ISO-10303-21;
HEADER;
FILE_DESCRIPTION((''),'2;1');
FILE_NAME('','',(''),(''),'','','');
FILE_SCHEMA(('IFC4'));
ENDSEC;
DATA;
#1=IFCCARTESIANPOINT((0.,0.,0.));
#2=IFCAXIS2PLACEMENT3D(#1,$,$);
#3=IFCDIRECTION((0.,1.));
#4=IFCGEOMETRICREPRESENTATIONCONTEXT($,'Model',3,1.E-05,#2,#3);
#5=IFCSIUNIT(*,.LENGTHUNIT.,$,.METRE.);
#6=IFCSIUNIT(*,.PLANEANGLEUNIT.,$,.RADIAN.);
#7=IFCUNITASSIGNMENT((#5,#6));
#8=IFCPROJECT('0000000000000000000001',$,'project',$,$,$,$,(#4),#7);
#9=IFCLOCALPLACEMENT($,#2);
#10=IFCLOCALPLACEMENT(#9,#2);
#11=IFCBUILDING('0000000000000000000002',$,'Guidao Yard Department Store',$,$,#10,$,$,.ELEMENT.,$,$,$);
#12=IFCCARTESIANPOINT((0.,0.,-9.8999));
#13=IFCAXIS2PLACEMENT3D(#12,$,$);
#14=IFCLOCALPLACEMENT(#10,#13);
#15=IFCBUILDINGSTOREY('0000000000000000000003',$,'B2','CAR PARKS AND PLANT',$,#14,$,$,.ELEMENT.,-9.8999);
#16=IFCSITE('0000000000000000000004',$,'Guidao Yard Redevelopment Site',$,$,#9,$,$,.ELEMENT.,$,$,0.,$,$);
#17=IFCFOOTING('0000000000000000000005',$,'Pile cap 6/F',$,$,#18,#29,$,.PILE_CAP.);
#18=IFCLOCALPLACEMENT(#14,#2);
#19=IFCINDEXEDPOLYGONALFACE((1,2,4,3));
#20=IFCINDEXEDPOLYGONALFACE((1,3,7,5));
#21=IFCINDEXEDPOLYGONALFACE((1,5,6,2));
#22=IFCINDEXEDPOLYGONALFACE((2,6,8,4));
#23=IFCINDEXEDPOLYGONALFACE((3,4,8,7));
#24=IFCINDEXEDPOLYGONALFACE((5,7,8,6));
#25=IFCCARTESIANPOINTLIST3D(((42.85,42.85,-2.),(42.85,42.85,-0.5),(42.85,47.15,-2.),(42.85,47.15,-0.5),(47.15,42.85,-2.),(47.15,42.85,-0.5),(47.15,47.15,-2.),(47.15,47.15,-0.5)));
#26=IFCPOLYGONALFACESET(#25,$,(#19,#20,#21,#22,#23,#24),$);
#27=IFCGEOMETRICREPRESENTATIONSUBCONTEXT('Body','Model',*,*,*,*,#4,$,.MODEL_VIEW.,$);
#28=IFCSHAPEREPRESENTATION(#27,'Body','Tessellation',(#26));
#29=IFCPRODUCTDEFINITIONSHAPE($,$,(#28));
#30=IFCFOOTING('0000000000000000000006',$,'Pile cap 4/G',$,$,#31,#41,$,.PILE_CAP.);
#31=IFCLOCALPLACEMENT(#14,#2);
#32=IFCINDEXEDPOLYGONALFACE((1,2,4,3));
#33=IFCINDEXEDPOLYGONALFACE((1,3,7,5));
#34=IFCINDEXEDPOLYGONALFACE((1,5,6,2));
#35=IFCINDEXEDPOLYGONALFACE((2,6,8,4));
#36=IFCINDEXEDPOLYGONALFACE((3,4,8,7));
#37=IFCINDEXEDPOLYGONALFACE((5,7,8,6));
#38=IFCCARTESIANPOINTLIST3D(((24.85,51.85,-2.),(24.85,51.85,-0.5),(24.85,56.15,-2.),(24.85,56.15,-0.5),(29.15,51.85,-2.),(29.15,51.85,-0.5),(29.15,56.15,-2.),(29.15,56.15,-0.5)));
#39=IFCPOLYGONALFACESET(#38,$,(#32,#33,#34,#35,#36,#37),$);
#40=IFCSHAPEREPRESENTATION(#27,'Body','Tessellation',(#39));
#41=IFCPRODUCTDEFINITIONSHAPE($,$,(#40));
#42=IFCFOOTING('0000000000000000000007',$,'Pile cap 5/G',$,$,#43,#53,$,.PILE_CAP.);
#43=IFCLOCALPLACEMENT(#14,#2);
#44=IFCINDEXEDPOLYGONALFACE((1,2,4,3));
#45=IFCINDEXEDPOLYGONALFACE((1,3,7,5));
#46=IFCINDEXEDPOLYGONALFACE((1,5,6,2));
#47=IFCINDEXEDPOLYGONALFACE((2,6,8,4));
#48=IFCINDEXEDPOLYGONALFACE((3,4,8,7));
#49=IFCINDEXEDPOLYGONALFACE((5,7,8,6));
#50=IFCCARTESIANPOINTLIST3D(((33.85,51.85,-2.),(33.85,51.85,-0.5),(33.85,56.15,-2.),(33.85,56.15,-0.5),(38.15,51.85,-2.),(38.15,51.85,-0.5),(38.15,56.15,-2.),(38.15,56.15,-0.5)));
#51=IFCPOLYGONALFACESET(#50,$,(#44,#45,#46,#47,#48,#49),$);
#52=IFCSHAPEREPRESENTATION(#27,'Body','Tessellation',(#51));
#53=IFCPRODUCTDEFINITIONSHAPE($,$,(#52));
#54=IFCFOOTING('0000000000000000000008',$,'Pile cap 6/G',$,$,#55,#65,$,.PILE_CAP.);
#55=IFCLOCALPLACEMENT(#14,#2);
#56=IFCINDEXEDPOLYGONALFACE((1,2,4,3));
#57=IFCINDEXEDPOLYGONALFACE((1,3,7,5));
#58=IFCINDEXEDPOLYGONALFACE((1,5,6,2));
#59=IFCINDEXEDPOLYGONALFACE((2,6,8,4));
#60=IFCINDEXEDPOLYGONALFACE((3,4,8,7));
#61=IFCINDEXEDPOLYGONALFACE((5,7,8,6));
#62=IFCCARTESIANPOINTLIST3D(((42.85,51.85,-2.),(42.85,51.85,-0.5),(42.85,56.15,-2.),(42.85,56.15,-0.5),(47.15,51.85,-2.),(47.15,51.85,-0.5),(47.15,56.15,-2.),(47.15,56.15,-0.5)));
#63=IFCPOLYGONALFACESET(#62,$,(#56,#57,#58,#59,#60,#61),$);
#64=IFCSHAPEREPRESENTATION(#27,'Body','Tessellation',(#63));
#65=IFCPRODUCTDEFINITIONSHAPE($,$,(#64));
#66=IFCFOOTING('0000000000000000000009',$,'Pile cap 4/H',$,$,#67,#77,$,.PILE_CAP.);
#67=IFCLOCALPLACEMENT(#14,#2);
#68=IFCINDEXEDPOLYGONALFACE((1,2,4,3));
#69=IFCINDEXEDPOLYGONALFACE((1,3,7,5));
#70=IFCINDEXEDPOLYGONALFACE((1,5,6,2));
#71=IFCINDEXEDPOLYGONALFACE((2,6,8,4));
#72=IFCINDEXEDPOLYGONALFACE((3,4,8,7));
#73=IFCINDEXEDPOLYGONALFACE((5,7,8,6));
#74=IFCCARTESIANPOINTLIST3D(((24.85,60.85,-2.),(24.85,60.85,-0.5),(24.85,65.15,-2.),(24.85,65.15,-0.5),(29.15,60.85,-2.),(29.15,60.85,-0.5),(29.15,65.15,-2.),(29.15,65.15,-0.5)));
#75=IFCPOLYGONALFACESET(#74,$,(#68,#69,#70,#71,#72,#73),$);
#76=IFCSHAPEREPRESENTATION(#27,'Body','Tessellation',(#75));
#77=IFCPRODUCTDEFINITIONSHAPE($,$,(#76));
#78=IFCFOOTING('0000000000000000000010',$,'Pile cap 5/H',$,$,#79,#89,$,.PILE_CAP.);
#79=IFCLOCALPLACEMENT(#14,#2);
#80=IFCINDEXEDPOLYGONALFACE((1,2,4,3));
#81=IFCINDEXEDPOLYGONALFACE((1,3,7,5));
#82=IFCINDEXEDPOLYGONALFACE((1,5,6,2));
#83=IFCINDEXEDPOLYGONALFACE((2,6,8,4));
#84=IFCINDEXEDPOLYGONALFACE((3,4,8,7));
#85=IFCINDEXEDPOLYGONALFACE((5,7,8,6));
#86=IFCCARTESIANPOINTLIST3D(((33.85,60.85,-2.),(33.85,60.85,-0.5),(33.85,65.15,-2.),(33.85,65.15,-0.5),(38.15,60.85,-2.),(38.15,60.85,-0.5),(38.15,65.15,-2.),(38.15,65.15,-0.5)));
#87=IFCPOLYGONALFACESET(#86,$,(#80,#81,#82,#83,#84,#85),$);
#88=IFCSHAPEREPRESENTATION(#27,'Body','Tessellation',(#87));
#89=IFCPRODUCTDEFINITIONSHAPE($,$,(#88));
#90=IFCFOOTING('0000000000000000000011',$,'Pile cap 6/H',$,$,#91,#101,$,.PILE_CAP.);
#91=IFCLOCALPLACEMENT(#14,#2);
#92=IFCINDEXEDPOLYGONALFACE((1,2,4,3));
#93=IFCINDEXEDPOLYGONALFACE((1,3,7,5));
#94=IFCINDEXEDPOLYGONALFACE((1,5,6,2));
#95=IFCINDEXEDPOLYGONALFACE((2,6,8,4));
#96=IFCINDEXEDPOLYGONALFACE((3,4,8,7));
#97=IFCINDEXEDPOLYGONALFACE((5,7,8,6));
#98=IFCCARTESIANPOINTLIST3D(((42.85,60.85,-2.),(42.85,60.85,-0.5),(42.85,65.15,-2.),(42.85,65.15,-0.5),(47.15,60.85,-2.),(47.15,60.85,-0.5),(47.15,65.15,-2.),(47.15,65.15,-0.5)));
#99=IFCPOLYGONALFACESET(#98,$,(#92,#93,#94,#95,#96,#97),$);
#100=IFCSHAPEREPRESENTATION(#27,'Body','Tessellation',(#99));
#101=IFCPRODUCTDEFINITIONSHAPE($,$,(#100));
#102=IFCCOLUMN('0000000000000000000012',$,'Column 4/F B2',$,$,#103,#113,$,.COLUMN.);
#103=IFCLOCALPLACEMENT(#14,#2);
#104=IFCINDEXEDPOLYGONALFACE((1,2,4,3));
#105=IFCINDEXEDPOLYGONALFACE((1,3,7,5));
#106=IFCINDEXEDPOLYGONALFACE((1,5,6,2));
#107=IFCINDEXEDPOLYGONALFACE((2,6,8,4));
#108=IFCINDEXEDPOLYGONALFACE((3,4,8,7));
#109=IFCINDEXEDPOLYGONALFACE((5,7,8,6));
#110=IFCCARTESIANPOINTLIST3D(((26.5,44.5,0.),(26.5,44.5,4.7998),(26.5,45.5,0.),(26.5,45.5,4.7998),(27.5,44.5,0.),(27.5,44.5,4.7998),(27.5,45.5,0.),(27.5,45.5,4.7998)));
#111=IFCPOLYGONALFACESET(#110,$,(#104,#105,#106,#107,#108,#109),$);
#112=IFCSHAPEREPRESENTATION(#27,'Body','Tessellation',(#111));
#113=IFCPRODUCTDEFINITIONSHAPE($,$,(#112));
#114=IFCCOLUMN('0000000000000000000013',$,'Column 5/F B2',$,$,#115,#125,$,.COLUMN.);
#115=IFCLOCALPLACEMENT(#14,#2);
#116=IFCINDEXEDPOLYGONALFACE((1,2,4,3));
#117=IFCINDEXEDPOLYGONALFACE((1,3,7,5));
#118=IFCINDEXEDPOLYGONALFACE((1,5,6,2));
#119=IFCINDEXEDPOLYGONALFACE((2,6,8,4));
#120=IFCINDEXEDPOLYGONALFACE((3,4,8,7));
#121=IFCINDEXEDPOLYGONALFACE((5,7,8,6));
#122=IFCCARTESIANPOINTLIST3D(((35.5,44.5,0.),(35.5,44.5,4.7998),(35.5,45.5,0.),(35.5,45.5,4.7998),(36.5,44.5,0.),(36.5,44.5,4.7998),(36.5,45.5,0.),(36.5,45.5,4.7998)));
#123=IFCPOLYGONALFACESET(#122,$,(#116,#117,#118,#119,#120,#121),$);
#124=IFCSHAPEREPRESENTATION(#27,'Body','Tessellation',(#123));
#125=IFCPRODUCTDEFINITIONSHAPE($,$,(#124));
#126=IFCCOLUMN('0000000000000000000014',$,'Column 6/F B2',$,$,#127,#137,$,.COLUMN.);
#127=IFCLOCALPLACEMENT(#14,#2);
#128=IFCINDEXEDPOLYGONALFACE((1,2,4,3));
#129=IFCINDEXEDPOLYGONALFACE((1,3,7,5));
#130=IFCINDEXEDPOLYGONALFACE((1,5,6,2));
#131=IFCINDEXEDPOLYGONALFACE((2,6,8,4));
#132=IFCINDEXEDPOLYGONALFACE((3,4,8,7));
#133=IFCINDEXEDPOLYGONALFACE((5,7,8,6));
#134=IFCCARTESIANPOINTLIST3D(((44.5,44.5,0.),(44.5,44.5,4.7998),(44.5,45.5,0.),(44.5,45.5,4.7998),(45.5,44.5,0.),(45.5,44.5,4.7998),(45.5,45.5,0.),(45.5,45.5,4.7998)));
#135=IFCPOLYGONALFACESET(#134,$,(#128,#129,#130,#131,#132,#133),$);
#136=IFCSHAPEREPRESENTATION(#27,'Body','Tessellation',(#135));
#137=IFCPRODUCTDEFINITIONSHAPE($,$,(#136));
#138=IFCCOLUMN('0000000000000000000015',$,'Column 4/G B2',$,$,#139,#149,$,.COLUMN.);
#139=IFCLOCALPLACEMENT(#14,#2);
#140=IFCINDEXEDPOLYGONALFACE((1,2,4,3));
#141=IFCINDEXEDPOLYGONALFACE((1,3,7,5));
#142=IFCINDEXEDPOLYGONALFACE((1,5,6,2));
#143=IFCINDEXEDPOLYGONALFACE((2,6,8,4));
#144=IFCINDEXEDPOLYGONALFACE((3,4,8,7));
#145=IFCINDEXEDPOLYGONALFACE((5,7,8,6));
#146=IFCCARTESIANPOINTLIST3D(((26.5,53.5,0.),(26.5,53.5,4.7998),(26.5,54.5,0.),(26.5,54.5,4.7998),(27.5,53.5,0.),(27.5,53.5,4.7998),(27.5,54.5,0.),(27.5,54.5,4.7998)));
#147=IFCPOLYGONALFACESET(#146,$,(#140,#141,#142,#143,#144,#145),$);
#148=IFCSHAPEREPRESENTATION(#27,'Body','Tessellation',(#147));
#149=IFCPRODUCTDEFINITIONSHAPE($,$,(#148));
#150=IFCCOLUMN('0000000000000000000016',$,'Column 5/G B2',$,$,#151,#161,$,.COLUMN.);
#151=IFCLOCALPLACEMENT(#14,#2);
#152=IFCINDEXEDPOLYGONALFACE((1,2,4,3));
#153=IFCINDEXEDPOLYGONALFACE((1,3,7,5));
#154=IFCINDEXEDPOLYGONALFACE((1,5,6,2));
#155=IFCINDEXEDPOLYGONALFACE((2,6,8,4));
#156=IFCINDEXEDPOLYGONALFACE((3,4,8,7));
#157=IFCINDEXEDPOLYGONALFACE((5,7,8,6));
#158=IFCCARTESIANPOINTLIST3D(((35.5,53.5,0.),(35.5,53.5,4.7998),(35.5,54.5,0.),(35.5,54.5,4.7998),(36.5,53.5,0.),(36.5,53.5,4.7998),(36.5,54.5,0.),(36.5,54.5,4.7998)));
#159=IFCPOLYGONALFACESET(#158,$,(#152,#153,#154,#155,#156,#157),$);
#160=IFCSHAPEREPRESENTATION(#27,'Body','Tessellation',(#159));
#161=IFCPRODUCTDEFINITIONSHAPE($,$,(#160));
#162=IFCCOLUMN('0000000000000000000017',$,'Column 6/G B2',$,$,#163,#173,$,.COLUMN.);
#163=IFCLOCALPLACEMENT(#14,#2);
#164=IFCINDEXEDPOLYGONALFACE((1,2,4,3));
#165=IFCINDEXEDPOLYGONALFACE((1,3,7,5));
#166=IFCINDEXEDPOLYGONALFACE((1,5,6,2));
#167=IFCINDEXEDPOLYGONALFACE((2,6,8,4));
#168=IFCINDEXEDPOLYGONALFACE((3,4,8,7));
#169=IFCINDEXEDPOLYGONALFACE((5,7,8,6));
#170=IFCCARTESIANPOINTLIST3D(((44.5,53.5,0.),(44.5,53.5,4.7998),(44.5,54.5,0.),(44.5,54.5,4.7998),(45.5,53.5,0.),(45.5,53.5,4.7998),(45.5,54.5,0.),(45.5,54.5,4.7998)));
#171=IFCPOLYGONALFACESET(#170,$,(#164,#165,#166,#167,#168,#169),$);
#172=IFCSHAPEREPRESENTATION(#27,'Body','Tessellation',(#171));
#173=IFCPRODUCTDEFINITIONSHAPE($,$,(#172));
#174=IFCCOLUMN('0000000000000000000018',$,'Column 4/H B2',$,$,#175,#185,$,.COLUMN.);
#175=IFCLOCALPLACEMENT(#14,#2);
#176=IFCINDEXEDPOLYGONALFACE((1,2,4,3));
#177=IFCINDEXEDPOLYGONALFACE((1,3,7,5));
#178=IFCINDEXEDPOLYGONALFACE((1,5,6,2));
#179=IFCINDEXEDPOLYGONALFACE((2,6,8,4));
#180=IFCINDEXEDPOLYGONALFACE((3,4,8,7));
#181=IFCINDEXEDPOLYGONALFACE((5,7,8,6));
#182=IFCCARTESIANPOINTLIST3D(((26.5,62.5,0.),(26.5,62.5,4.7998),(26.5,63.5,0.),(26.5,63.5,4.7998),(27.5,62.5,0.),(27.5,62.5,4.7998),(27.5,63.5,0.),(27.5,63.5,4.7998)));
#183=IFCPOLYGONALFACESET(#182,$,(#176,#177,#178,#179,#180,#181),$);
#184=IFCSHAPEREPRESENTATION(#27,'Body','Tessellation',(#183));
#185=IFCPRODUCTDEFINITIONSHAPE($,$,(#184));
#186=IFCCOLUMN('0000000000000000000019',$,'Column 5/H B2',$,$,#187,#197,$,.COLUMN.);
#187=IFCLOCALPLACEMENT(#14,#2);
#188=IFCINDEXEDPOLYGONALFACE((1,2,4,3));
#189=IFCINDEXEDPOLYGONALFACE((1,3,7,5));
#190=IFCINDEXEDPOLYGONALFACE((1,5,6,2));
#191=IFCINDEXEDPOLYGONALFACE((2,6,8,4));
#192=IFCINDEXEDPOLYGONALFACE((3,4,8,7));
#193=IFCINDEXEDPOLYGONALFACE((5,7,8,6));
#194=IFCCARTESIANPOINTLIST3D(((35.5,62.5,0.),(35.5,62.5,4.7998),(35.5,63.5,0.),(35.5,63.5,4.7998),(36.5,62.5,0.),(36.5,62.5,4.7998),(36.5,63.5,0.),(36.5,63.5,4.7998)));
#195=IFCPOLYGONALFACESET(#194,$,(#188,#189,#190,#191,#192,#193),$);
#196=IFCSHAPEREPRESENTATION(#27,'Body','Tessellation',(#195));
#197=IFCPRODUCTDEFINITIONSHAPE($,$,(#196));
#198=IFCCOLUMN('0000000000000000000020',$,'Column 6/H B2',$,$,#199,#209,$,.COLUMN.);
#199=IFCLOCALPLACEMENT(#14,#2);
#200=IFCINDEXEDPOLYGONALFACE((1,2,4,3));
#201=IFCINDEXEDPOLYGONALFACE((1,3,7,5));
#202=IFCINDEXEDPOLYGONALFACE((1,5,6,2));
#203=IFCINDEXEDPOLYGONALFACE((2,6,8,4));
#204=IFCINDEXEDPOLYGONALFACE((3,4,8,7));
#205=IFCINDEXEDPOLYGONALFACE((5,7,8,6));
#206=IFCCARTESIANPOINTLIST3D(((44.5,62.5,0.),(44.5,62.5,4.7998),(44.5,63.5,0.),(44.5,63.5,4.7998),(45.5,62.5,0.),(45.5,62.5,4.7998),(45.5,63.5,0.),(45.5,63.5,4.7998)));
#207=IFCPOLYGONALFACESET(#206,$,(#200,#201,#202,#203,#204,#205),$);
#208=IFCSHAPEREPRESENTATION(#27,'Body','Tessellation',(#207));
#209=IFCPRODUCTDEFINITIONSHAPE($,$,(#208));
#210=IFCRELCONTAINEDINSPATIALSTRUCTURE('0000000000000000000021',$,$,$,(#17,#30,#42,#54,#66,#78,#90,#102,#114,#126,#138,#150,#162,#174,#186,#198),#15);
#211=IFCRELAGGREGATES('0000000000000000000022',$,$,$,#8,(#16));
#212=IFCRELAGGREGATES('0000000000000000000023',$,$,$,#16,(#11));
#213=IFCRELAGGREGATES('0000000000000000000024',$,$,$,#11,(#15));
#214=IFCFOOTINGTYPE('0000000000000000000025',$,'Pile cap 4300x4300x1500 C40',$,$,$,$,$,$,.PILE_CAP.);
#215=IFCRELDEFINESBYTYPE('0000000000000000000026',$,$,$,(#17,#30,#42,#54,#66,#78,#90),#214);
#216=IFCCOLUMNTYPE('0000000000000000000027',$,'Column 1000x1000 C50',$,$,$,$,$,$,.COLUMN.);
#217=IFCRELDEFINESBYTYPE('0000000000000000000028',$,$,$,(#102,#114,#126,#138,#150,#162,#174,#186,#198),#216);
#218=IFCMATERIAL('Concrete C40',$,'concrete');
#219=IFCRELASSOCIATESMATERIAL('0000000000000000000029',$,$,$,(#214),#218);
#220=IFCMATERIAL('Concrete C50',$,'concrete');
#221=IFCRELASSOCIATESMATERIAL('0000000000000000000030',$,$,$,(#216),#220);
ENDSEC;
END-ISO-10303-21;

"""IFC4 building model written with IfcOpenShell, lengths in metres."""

from ifc_helpers import new_model, si_unit, direction, frame, origin, origin_2d, place, context, subcontext, project, spatial, rectangle, extrude, material, material_profile, profile_set, type_object, element, save


model = new_model("IFC4")

# Units and contexts
model_context = context("Model", 3, precision=1e-05, world=origin(), true_north=direction((0.0, 1.0)))
body_context = subcontext(model_context, "Body", "Model", "MODEL_VIEW")
ifc_project = project(units=[si_unit("LENGTHUNIT", "METRE"), si_unit("PLANEANGLEUNIT", "RADIAN")], contexts=[model_context])

# Site, building, storey
site_placement = place(None, origin())
site = spatial("IfcSite", under=ifc_project, at=site_placement, Name="Guidao Yard Redevelopment Site", CompositionType="ELEMENT", RefElevation=0.0)
building_placement = place(site_placement, origin())
building = spatial("IfcBuilding", under=site, at=building_placement, Name="Guidao Yard Department Store", CompositionType="ELEMENT")
storey_placement = place(building_placement, frame((0.0, 0.0, -9.8999)))
storey = spatial("IfcBuildingStorey", under=building, at=storey_placement, Name="B2", Description="CAR PARKS AND PLANT", CompositionType="ELEMENT", Elevation=-9.8999)

# Footings
ifc_material_1 = material(Name="Concrete C40", Category="concrete")
footing_type = type_object("IfcFootingType", Name="Pile cap 4300x4300x1500 C40", PredefinedType="PILE_CAP", material=ifc_material_1)
for number, where, z_axis, x_axis, name in (
    (1, (45.0, 45.0, -2.0), (0.0, 0.0, 1.0), (1.0, 0.0, 0.0), "Pile cap 6/F"),
    (2, (27.0, 54.0, -2.0), (0.0, 0.0, 1.0), (1.0, 0.0, 0.0), "Pile cap 4/G"),
    (3, (36.0, 54.0, -2.0), (0.0, 0.0, 1.0), (1.0, 0.0, 0.0), "Pile cap 5/G"),
    (4, (45.0, 54.0, -2.0), (0.0, 0.0, 1.0), (1.0, 0.0, 0.0), "Pile cap 6/G"),
    (5, (27.0, 63.0, -2.0), (0.0, 0.0, 1.0), (1.0, 0.0, 0.0), "Pile cap 4/H"),
    (6, (36.0, 63.0, -2.0), (0.0, 0.0, 1.0), (1.0, 0.0, 0.0), "Pile cap 5/H"),
    (7, (45.0, 63.0, -2.0), (0.0, 0.0, 1.0), (1.0, 0.0, 0.0), "Pile cap 6/H"),
):
    element("IfcFooting", number, at=place(storey_placement, frame(where, z_axis=z_axis, x_axis=x_axis)), inside=storey, type_object=footing_type, Name=name, PredefinedType="PILE_CAP", context=body_context, shape_type="SweptSolid", body=[
        extrude(rectangle(XDim=4.3, YDim=4.3, at=origin_2d()), origin(), (0.0, 0.0, 1.0), 1.5),
    ])

# Columns
ifc_material_2 = material(Name="Concrete C50", Category="concrete")
ifc_material_profile_1 = material_profile(ifc_material_2, rectangle(XDim=1.0, YDim=1.0, at=origin_2d()), Name="COL 1000x1000")
ifc_profile_set_1 = profile_set([ifc_material_profile_1], Name="Concrete C50")
column_type = type_object("IfcColumnType", Name="Column 1000x1000 C50", PredefinedType="COLUMN", material=ifc_profile_set_1)
for number, where, z_axis, x_axis, name in (
    (8, (27.0, 45.0, 0.0), (0.0, 0.0, 1.0), (1.0, 0.0, 0.0), "Column 4/F B2"),
    (9, (36.0, 45.0, 0.0), (0.0, 0.0, 1.0), (1.0, 0.0, 0.0), "Column 5/F B2"),
    (10, (45.0, 45.0, 0.0), (0.0, 0.0, 1.0), (1.0, 0.0, 0.0), "Column 6/F B2"),
    (11, (27.0, 54.0, 0.0), (0.0, 0.0, 1.0), (1.0, 0.0, 0.0), "Column 4/G B2"),
    (12, (36.0, 54.0, 0.0), (0.0, 0.0, 1.0), (1.0, 0.0, 0.0), "Column 5/G B2"),
    (13, (45.0, 54.0, 0.0), (0.0, 0.0, 1.0), (1.0, 0.0, 0.0), "Column 6/G B2"),
    (14, (27.0, 63.0, 0.0), (0.0, 0.0, 1.0), (1.0, 0.0, 0.0), "Column 4/H B2"),
    (15, (36.0, 63.0, 0.0), (0.0, 0.0, 1.0), (1.0, 0.0, 0.0), "Column 5/H B2"),
    (16, (45.0, 63.0, 0.0), (0.0, 0.0, 1.0), (1.0, 0.0, 0.0), "Column 6/H B2"),
):
    element("IfcColumn", number, at=place(storey_placement, frame(where, z_axis=z_axis, x_axis=x_axis)), inside=storey, type_object=column_type, Name=name, PredefinedType="COLUMN", context=body_context, shape_type="SweptSolid", body=[
        extrude(rectangle(XDim=1.0, YDim=1.0, at=origin_2d()), origin(), (0.0, 0.0, 1.0), 4.7998),
    ])

save(model, "model.ifc")
